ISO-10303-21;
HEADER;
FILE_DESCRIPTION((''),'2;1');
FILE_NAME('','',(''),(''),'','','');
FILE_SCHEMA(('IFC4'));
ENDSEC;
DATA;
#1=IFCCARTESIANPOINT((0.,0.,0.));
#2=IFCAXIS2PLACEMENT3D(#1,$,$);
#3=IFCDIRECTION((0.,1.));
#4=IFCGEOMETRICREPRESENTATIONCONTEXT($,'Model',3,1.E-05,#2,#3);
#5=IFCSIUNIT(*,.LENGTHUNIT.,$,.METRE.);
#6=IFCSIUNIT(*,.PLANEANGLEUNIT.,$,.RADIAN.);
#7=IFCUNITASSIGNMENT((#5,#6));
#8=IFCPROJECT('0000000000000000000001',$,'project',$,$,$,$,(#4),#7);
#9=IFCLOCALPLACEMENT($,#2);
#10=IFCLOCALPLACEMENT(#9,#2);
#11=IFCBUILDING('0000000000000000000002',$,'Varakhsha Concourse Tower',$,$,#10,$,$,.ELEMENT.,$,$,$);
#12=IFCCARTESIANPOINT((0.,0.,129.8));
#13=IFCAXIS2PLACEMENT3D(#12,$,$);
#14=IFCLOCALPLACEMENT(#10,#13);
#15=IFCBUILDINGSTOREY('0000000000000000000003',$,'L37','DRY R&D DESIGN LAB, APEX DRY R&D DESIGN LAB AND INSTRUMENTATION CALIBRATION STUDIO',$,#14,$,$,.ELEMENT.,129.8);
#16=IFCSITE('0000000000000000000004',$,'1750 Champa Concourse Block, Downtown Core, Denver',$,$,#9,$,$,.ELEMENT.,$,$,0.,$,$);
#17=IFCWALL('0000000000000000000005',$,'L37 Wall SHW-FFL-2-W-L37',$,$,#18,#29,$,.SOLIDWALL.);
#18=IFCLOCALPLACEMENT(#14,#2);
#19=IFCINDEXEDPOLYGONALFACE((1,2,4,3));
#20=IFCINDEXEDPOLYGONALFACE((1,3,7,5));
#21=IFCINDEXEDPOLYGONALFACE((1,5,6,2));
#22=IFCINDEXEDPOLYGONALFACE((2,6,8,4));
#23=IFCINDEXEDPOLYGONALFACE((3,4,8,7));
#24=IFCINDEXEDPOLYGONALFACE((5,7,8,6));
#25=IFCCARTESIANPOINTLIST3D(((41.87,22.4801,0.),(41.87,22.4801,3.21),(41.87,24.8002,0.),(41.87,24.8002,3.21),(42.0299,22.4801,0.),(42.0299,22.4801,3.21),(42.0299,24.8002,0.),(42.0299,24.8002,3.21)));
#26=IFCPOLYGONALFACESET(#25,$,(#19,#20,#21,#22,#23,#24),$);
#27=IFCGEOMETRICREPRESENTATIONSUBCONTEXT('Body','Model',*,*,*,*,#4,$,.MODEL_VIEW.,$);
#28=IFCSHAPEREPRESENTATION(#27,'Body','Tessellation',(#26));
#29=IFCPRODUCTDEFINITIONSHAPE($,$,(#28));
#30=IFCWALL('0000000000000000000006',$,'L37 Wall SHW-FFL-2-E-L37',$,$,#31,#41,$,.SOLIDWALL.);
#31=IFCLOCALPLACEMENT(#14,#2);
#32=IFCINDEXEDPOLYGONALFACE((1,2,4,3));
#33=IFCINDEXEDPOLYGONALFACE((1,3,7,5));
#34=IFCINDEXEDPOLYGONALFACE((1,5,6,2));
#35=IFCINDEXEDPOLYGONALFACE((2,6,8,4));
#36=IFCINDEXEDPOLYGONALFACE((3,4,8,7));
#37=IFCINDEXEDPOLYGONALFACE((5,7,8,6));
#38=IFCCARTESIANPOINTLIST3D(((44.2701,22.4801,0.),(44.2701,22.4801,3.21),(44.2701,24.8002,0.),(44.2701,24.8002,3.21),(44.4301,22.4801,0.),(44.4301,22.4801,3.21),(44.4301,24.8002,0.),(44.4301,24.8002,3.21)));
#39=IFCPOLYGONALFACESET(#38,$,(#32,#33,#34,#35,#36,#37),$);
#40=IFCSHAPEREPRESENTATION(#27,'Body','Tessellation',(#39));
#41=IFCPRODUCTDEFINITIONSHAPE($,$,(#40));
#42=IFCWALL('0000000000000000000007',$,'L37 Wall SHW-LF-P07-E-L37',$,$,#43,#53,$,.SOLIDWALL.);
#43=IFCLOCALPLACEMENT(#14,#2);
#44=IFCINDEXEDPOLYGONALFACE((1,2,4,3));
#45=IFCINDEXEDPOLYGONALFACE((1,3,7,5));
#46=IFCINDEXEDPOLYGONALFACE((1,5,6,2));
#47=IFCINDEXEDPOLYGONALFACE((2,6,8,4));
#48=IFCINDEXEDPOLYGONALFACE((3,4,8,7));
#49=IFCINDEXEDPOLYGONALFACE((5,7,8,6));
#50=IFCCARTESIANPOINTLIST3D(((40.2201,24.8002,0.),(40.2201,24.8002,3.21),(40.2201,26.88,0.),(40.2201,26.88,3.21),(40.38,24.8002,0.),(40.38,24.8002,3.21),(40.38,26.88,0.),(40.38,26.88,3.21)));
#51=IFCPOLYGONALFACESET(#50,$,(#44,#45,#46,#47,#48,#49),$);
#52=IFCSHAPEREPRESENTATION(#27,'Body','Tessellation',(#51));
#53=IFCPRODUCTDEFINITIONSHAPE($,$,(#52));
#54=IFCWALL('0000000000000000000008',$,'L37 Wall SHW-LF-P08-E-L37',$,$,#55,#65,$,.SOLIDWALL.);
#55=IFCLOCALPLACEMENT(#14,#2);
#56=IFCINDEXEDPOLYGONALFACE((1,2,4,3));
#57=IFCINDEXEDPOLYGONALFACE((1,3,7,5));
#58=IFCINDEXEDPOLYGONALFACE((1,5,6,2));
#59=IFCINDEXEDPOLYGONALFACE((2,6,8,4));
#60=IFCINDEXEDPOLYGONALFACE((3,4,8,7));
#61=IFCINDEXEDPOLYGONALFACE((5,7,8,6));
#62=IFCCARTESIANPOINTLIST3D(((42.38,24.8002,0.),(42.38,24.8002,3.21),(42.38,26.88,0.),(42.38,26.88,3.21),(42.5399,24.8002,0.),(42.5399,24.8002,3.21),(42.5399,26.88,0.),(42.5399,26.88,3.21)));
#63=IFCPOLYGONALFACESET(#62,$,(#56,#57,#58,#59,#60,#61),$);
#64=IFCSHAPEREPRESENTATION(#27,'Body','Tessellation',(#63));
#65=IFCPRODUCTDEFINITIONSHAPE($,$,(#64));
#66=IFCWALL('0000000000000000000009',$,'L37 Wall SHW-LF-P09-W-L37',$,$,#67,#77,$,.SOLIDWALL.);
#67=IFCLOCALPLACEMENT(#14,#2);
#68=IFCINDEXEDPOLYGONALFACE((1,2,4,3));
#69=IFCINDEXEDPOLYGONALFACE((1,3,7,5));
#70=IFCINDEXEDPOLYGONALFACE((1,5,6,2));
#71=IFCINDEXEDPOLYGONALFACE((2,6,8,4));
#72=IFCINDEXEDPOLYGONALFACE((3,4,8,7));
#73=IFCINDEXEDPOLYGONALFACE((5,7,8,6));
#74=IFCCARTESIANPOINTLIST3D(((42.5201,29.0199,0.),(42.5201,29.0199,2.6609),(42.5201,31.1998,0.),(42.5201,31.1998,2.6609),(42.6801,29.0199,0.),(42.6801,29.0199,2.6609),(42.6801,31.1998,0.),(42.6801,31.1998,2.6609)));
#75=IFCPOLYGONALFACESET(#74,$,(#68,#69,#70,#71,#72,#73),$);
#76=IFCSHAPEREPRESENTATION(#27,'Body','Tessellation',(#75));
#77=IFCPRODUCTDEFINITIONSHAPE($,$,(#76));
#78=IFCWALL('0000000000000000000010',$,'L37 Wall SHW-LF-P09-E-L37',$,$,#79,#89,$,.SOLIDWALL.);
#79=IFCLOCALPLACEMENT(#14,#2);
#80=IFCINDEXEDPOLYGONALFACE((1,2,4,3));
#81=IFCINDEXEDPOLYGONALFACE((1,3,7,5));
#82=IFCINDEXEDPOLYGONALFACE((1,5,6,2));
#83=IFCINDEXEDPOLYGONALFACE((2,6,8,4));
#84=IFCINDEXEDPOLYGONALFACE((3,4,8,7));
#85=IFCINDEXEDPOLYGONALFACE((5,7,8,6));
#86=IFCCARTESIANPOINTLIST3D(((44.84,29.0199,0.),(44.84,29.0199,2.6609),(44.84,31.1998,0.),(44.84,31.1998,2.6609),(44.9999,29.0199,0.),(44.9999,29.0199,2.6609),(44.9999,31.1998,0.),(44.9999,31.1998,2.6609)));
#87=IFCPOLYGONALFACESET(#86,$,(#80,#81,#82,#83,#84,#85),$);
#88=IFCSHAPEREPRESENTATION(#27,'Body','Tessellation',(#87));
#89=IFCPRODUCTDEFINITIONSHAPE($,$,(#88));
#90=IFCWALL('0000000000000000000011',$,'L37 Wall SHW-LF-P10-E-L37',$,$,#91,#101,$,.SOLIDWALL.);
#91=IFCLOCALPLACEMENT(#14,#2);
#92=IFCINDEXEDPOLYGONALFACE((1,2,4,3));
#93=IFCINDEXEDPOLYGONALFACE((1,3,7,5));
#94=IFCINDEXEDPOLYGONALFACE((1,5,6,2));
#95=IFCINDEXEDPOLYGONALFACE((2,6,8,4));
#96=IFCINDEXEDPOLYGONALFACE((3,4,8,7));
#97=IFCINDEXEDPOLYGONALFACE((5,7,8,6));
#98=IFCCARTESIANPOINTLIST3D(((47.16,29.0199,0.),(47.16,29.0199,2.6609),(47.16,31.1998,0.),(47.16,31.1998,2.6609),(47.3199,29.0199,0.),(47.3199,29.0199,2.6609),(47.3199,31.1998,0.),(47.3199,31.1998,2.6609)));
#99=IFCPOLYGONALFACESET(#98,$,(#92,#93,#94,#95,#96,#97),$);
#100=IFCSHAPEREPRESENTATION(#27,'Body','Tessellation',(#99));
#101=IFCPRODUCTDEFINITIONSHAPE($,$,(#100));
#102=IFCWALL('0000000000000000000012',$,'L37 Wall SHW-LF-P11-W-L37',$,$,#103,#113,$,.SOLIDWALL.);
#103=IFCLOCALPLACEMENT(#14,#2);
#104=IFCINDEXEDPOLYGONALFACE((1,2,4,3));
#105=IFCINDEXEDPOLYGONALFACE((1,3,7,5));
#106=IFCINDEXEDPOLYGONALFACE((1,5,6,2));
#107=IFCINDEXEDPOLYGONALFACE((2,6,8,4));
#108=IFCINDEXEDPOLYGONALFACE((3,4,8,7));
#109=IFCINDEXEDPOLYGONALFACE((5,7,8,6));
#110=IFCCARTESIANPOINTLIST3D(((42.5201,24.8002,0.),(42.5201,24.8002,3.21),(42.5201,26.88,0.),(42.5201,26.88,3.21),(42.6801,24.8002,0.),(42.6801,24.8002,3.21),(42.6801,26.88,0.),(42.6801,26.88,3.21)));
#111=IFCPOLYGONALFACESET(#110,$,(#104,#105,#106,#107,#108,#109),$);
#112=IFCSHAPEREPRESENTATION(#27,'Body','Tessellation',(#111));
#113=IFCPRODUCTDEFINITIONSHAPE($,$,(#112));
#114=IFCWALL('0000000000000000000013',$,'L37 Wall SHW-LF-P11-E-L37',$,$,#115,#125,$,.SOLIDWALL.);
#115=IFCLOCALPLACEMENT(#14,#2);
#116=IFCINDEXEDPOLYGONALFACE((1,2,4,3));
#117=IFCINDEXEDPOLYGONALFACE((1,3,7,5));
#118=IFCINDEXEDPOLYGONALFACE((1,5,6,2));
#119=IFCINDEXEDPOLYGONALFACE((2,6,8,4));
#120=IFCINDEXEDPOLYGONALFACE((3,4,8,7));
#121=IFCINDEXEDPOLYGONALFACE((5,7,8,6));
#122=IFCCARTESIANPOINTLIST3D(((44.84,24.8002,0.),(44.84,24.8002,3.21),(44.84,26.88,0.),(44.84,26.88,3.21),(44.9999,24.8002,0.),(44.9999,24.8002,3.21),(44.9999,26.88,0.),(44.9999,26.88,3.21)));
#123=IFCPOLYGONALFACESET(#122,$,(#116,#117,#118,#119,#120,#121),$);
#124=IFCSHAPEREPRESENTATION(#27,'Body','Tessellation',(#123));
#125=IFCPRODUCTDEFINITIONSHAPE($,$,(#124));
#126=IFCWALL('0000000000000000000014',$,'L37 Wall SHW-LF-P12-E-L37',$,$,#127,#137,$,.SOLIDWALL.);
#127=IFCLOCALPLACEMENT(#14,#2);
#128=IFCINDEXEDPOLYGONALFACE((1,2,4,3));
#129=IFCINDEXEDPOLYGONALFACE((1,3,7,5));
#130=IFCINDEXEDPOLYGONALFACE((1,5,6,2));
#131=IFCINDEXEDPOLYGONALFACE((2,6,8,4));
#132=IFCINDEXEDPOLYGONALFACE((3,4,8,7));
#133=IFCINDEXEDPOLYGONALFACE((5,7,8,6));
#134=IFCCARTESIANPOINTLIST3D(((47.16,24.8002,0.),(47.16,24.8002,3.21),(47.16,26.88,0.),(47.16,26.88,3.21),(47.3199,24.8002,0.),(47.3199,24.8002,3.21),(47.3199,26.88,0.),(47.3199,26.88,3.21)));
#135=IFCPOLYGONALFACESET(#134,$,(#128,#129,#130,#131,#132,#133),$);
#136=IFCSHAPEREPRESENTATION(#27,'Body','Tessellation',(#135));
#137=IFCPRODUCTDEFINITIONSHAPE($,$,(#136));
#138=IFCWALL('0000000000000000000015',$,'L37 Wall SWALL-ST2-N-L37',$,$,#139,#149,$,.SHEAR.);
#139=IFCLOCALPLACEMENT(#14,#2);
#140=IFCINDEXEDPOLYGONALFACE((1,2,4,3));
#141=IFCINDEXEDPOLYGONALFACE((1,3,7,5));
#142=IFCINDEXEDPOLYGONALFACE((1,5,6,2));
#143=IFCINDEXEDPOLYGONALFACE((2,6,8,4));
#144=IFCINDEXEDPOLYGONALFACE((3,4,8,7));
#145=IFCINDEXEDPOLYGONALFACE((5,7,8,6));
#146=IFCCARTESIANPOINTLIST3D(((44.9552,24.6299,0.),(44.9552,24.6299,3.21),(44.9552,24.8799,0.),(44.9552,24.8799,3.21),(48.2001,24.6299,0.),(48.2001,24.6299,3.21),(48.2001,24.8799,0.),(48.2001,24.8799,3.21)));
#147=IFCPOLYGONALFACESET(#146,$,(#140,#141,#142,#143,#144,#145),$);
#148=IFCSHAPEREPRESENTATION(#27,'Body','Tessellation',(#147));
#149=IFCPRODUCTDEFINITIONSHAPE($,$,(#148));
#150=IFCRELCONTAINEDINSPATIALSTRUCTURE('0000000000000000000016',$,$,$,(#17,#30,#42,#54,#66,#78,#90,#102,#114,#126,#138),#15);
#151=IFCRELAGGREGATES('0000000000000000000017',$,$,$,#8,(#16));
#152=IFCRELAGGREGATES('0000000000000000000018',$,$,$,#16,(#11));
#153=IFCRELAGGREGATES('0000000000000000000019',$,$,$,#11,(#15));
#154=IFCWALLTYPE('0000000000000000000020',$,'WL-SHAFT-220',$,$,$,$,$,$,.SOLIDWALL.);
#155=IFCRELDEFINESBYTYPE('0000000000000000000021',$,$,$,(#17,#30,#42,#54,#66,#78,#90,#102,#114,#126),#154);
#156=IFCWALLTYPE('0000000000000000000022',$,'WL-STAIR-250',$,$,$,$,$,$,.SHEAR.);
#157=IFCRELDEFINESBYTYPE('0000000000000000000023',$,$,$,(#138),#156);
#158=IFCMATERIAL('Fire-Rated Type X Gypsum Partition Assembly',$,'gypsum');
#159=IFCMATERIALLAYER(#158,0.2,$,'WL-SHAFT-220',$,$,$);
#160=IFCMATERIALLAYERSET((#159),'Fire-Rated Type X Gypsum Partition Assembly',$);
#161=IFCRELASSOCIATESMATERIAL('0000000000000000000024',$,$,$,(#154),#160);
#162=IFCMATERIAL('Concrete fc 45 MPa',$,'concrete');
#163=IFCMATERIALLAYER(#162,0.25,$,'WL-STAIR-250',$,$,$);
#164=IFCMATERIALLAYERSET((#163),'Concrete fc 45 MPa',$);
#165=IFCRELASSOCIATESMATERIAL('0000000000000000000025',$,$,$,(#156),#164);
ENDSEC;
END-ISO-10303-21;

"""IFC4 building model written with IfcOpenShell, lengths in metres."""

from ifc_helpers import new_model, si_unit, direction, frame, frame_2d, origin, place, context, subcontext, project, spatial, rectangle, extrude, material, layer, layer_set, type_object, element, save


model = new_model("IFC4")

# Units and contexts
model_context = context("Model", 3, precision=1e-05, world=origin(), true_north=direction((0.0, 1.0)))
body_context = subcontext(model_context, "Body", "Model", "MODEL_VIEW")
ifc_project = project(units=[si_unit("LENGTHUNIT", "METRE"), si_unit("PLANEANGLEUNIT", "RADIAN")], contexts=[model_context])

# Site, building, storey
site_placement = place(None, origin())
site = spatial("IfcSite", under=ifc_project, at=site_placement, Name="1750 Champa Concourse Block, Downtown Core, Denver", CompositionType="ELEMENT", RefElevation=0.0)
building_placement = place(site_placement, origin())
building = spatial("IfcBuilding", under=site, at=building_placement, Name="Varakhsha Concourse Tower", CompositionType="ELEMENT")
storey_placement = place(building_placement, frame((0.0, 0.0, 129.8)))
storey = spatial("IfcBuildingStorey", under=building, at=storey_placement, Name="L37", Description="DRY R&D DESIGN LAB, APEX DRY R&D DESIGN LAB AND INSTRUMENTATION CALIBRATION STUDIO", CompositionType="ELEMENT", Elevation=129.8)

# Shared definitions
ifc_material_1 = material(Name="Fire-Rated Type X Gypsum Partition Assembly", Category="gypsum")

# Walls
ifc_layer_1 = layer(ifc_material_1, 0.2, Name="WL-SHAFT-220")
ifc_layer_set_1 = layer_set([ifc_layer_1], Name="Fire-Rated Type X Gypsum Partition Assembly")
wall_type_1 = type_object("IfcWallType", Name="WL-SHAFT-220", PredefinedType="SOLIDWALL", material=ifc_layer_set_1)
for number, where, z_axis, x_axis, name in (
    (1, (41.95, 22.48, 0.0), (0.0, 0.0, 1.0), (0.0, 1.0, 0.0), "L37 Wall SHW-FFL-2-W-L37"),
    (2, (44.3501, 22.48, 0.0), (0.0, 0.0, 1.0), (0.0, 1.0, 0.0), "L37 Wall SHW-FFL-2-E-L37"),
):
    element("IfcWall", number, at=place(storey_placement, frame(where, z_axis=z_axis, x_axis=x_axis)), inside=storey, type_object=wall_type_1, Name=name, PredefinedType="SOLIDWALL", context=body_context, shape_type="SweptSolid", body=[
        extrude(rectangle(XDim=2.3201, YDim=0.1599, at=frame_2d((1.1602, 0.0))), origin(), (0.0, 0.0, 1.0), 3.21),
    ])
for number, where, z_axis, x_axis, name in (
    (3, (40.3, 24.8, 0.0), (0.0, 0.0, 1.0), (0.0, 1.0, 0.0), "L37 Wall SHW-LF-P07-E-L37"),
    (4, (42.46, 24.8, 0.0), (0.0, 0.0, 1.0), (0.0, 1.0, 0.0), "L37 Wall SHW-LF-P08-E-L37"),
):
    element("IfcWall", number, at=place(storey_placement, frame(where, z_axis=z_axis, x_axis=x_axis)), inside=storey, type_object=wall_type_1, Name=name, PredefinedType="SOLIDWALL", context=body_context, shape_type="SweptSolid", body=[
        extrude(rectangle(XDim=2.0798, YDim=0.1599, at=frame_2d((1.04, 0.0))), origin(), (0.0, 0.0, 1.0), 3.21),
    ])
for number, where, z_axis, x_axis, name in (
    (5, (42.6001, 29.02, 0.0), (0.0, 0.0, 1.0), (0.0, 1.0, 0.0), "L37 Wall SHW-LF-P09-W-L37"),
    (6, (44.9199, 29.02, 0.0), (0.0, 0.0, 1.0), (0.0, 1.0, 0.0), "L37 Wall SHW-LF-P09-E-L37"),
    (7, (47.24, 29.02, 0.0), (0.0, 0.0, 1.0), (0.0, 1.0, 0.0), "L37 Wall SHW-LF-P10-E-L37"),
):
    element("IfcWall", number, at=place(storey_placement, frame(where, z_axis=z_axis, x_axis=x_axis)), inside=storey, type_object=wall_type_1, Name=name, PredefinedType="SOLIDWALL", context=body_context, shape_type="SweptSolid", body=[
        extrude(rectangle(XDim=2.1799, YDim=0.1599, at=frame_2d((1.0898, 0.0))), origin(), (0.0, 0.0, 1.0), 2.6609),
    ])
for number, where, z_axis, x_axis, name in (
    (8, (42.6001, 24.8, 0.0), (0.0, 0.0, 1.0), (0.0, 1.0, 0.0), "L37 Wall SHW-LF-P11-W-L37"),
    (9, (44.9199, 24.8, 0.0), (0.0, 0.0, 1.0), (0.0, 1.0, 0.0), "L37 Wall SHW-LF-P11-E-L37"),
    (10, (47.24, 24.8, 0.0), (0.0, 0.0, 1.0), (0.0, 1.0, 0.0), "L37 Wall SHW-LF-P12-E-L37"),
):
    element("IfcWall", number, at=place(storey_placement, frame(where, z_axis=z_axis, x_axis=x_axis)), inside=storey, type_object=wall_type_1, Name=name, PredefinedType="SOLIDWALL", context=body_context, shape_type="SweptSolid", body=[
        extrude(rectangle(XDim=2.0798, YDim=0.1599, at=frame_2d((1.04, 0.0))), origin(), (0.0, 0.0, 1.0), 3.21),
    ])
ifc_material_2 = material(Name="Concrete fc 45 MPa", Category="concrete")
ifc_layer_2 = layer(ifc_material_2, 0.25, Name="WL-STAIR-250")
ifc_layer_set_2 = layer_set([ifc_layer_2], Name="Concrete fc 45 MPa")
wall_type_2 = type_object("IfcWallType", Name="WL-STAIR-250", PredefinedType="SHEAR", material=ifc_layer_set_2)
wall_1_placement = place(storey_placement, frame((44.9551, 24.7549, 0.0), z_axis=(0.0, 0.0, 1.0), x_axis=(1.0, 0.0, 0.0)))
element("IfcWall", 11, at=wall_1_placement, inside=storey, type_object=wall_type_2, Name="L37 Wall SWALL-ST2-N-L37", PredefinedType="SHEAR", context=body_context, shape_type="SweptSolid", body=[
    extrude(rectangle(XDim=3.2449, YDim=0.25, at=frame_2d((1.6226, 0.0))), origin(), (0.0, 0.0, 1.0), 3.21),
])

save(model, "model.ifc")
